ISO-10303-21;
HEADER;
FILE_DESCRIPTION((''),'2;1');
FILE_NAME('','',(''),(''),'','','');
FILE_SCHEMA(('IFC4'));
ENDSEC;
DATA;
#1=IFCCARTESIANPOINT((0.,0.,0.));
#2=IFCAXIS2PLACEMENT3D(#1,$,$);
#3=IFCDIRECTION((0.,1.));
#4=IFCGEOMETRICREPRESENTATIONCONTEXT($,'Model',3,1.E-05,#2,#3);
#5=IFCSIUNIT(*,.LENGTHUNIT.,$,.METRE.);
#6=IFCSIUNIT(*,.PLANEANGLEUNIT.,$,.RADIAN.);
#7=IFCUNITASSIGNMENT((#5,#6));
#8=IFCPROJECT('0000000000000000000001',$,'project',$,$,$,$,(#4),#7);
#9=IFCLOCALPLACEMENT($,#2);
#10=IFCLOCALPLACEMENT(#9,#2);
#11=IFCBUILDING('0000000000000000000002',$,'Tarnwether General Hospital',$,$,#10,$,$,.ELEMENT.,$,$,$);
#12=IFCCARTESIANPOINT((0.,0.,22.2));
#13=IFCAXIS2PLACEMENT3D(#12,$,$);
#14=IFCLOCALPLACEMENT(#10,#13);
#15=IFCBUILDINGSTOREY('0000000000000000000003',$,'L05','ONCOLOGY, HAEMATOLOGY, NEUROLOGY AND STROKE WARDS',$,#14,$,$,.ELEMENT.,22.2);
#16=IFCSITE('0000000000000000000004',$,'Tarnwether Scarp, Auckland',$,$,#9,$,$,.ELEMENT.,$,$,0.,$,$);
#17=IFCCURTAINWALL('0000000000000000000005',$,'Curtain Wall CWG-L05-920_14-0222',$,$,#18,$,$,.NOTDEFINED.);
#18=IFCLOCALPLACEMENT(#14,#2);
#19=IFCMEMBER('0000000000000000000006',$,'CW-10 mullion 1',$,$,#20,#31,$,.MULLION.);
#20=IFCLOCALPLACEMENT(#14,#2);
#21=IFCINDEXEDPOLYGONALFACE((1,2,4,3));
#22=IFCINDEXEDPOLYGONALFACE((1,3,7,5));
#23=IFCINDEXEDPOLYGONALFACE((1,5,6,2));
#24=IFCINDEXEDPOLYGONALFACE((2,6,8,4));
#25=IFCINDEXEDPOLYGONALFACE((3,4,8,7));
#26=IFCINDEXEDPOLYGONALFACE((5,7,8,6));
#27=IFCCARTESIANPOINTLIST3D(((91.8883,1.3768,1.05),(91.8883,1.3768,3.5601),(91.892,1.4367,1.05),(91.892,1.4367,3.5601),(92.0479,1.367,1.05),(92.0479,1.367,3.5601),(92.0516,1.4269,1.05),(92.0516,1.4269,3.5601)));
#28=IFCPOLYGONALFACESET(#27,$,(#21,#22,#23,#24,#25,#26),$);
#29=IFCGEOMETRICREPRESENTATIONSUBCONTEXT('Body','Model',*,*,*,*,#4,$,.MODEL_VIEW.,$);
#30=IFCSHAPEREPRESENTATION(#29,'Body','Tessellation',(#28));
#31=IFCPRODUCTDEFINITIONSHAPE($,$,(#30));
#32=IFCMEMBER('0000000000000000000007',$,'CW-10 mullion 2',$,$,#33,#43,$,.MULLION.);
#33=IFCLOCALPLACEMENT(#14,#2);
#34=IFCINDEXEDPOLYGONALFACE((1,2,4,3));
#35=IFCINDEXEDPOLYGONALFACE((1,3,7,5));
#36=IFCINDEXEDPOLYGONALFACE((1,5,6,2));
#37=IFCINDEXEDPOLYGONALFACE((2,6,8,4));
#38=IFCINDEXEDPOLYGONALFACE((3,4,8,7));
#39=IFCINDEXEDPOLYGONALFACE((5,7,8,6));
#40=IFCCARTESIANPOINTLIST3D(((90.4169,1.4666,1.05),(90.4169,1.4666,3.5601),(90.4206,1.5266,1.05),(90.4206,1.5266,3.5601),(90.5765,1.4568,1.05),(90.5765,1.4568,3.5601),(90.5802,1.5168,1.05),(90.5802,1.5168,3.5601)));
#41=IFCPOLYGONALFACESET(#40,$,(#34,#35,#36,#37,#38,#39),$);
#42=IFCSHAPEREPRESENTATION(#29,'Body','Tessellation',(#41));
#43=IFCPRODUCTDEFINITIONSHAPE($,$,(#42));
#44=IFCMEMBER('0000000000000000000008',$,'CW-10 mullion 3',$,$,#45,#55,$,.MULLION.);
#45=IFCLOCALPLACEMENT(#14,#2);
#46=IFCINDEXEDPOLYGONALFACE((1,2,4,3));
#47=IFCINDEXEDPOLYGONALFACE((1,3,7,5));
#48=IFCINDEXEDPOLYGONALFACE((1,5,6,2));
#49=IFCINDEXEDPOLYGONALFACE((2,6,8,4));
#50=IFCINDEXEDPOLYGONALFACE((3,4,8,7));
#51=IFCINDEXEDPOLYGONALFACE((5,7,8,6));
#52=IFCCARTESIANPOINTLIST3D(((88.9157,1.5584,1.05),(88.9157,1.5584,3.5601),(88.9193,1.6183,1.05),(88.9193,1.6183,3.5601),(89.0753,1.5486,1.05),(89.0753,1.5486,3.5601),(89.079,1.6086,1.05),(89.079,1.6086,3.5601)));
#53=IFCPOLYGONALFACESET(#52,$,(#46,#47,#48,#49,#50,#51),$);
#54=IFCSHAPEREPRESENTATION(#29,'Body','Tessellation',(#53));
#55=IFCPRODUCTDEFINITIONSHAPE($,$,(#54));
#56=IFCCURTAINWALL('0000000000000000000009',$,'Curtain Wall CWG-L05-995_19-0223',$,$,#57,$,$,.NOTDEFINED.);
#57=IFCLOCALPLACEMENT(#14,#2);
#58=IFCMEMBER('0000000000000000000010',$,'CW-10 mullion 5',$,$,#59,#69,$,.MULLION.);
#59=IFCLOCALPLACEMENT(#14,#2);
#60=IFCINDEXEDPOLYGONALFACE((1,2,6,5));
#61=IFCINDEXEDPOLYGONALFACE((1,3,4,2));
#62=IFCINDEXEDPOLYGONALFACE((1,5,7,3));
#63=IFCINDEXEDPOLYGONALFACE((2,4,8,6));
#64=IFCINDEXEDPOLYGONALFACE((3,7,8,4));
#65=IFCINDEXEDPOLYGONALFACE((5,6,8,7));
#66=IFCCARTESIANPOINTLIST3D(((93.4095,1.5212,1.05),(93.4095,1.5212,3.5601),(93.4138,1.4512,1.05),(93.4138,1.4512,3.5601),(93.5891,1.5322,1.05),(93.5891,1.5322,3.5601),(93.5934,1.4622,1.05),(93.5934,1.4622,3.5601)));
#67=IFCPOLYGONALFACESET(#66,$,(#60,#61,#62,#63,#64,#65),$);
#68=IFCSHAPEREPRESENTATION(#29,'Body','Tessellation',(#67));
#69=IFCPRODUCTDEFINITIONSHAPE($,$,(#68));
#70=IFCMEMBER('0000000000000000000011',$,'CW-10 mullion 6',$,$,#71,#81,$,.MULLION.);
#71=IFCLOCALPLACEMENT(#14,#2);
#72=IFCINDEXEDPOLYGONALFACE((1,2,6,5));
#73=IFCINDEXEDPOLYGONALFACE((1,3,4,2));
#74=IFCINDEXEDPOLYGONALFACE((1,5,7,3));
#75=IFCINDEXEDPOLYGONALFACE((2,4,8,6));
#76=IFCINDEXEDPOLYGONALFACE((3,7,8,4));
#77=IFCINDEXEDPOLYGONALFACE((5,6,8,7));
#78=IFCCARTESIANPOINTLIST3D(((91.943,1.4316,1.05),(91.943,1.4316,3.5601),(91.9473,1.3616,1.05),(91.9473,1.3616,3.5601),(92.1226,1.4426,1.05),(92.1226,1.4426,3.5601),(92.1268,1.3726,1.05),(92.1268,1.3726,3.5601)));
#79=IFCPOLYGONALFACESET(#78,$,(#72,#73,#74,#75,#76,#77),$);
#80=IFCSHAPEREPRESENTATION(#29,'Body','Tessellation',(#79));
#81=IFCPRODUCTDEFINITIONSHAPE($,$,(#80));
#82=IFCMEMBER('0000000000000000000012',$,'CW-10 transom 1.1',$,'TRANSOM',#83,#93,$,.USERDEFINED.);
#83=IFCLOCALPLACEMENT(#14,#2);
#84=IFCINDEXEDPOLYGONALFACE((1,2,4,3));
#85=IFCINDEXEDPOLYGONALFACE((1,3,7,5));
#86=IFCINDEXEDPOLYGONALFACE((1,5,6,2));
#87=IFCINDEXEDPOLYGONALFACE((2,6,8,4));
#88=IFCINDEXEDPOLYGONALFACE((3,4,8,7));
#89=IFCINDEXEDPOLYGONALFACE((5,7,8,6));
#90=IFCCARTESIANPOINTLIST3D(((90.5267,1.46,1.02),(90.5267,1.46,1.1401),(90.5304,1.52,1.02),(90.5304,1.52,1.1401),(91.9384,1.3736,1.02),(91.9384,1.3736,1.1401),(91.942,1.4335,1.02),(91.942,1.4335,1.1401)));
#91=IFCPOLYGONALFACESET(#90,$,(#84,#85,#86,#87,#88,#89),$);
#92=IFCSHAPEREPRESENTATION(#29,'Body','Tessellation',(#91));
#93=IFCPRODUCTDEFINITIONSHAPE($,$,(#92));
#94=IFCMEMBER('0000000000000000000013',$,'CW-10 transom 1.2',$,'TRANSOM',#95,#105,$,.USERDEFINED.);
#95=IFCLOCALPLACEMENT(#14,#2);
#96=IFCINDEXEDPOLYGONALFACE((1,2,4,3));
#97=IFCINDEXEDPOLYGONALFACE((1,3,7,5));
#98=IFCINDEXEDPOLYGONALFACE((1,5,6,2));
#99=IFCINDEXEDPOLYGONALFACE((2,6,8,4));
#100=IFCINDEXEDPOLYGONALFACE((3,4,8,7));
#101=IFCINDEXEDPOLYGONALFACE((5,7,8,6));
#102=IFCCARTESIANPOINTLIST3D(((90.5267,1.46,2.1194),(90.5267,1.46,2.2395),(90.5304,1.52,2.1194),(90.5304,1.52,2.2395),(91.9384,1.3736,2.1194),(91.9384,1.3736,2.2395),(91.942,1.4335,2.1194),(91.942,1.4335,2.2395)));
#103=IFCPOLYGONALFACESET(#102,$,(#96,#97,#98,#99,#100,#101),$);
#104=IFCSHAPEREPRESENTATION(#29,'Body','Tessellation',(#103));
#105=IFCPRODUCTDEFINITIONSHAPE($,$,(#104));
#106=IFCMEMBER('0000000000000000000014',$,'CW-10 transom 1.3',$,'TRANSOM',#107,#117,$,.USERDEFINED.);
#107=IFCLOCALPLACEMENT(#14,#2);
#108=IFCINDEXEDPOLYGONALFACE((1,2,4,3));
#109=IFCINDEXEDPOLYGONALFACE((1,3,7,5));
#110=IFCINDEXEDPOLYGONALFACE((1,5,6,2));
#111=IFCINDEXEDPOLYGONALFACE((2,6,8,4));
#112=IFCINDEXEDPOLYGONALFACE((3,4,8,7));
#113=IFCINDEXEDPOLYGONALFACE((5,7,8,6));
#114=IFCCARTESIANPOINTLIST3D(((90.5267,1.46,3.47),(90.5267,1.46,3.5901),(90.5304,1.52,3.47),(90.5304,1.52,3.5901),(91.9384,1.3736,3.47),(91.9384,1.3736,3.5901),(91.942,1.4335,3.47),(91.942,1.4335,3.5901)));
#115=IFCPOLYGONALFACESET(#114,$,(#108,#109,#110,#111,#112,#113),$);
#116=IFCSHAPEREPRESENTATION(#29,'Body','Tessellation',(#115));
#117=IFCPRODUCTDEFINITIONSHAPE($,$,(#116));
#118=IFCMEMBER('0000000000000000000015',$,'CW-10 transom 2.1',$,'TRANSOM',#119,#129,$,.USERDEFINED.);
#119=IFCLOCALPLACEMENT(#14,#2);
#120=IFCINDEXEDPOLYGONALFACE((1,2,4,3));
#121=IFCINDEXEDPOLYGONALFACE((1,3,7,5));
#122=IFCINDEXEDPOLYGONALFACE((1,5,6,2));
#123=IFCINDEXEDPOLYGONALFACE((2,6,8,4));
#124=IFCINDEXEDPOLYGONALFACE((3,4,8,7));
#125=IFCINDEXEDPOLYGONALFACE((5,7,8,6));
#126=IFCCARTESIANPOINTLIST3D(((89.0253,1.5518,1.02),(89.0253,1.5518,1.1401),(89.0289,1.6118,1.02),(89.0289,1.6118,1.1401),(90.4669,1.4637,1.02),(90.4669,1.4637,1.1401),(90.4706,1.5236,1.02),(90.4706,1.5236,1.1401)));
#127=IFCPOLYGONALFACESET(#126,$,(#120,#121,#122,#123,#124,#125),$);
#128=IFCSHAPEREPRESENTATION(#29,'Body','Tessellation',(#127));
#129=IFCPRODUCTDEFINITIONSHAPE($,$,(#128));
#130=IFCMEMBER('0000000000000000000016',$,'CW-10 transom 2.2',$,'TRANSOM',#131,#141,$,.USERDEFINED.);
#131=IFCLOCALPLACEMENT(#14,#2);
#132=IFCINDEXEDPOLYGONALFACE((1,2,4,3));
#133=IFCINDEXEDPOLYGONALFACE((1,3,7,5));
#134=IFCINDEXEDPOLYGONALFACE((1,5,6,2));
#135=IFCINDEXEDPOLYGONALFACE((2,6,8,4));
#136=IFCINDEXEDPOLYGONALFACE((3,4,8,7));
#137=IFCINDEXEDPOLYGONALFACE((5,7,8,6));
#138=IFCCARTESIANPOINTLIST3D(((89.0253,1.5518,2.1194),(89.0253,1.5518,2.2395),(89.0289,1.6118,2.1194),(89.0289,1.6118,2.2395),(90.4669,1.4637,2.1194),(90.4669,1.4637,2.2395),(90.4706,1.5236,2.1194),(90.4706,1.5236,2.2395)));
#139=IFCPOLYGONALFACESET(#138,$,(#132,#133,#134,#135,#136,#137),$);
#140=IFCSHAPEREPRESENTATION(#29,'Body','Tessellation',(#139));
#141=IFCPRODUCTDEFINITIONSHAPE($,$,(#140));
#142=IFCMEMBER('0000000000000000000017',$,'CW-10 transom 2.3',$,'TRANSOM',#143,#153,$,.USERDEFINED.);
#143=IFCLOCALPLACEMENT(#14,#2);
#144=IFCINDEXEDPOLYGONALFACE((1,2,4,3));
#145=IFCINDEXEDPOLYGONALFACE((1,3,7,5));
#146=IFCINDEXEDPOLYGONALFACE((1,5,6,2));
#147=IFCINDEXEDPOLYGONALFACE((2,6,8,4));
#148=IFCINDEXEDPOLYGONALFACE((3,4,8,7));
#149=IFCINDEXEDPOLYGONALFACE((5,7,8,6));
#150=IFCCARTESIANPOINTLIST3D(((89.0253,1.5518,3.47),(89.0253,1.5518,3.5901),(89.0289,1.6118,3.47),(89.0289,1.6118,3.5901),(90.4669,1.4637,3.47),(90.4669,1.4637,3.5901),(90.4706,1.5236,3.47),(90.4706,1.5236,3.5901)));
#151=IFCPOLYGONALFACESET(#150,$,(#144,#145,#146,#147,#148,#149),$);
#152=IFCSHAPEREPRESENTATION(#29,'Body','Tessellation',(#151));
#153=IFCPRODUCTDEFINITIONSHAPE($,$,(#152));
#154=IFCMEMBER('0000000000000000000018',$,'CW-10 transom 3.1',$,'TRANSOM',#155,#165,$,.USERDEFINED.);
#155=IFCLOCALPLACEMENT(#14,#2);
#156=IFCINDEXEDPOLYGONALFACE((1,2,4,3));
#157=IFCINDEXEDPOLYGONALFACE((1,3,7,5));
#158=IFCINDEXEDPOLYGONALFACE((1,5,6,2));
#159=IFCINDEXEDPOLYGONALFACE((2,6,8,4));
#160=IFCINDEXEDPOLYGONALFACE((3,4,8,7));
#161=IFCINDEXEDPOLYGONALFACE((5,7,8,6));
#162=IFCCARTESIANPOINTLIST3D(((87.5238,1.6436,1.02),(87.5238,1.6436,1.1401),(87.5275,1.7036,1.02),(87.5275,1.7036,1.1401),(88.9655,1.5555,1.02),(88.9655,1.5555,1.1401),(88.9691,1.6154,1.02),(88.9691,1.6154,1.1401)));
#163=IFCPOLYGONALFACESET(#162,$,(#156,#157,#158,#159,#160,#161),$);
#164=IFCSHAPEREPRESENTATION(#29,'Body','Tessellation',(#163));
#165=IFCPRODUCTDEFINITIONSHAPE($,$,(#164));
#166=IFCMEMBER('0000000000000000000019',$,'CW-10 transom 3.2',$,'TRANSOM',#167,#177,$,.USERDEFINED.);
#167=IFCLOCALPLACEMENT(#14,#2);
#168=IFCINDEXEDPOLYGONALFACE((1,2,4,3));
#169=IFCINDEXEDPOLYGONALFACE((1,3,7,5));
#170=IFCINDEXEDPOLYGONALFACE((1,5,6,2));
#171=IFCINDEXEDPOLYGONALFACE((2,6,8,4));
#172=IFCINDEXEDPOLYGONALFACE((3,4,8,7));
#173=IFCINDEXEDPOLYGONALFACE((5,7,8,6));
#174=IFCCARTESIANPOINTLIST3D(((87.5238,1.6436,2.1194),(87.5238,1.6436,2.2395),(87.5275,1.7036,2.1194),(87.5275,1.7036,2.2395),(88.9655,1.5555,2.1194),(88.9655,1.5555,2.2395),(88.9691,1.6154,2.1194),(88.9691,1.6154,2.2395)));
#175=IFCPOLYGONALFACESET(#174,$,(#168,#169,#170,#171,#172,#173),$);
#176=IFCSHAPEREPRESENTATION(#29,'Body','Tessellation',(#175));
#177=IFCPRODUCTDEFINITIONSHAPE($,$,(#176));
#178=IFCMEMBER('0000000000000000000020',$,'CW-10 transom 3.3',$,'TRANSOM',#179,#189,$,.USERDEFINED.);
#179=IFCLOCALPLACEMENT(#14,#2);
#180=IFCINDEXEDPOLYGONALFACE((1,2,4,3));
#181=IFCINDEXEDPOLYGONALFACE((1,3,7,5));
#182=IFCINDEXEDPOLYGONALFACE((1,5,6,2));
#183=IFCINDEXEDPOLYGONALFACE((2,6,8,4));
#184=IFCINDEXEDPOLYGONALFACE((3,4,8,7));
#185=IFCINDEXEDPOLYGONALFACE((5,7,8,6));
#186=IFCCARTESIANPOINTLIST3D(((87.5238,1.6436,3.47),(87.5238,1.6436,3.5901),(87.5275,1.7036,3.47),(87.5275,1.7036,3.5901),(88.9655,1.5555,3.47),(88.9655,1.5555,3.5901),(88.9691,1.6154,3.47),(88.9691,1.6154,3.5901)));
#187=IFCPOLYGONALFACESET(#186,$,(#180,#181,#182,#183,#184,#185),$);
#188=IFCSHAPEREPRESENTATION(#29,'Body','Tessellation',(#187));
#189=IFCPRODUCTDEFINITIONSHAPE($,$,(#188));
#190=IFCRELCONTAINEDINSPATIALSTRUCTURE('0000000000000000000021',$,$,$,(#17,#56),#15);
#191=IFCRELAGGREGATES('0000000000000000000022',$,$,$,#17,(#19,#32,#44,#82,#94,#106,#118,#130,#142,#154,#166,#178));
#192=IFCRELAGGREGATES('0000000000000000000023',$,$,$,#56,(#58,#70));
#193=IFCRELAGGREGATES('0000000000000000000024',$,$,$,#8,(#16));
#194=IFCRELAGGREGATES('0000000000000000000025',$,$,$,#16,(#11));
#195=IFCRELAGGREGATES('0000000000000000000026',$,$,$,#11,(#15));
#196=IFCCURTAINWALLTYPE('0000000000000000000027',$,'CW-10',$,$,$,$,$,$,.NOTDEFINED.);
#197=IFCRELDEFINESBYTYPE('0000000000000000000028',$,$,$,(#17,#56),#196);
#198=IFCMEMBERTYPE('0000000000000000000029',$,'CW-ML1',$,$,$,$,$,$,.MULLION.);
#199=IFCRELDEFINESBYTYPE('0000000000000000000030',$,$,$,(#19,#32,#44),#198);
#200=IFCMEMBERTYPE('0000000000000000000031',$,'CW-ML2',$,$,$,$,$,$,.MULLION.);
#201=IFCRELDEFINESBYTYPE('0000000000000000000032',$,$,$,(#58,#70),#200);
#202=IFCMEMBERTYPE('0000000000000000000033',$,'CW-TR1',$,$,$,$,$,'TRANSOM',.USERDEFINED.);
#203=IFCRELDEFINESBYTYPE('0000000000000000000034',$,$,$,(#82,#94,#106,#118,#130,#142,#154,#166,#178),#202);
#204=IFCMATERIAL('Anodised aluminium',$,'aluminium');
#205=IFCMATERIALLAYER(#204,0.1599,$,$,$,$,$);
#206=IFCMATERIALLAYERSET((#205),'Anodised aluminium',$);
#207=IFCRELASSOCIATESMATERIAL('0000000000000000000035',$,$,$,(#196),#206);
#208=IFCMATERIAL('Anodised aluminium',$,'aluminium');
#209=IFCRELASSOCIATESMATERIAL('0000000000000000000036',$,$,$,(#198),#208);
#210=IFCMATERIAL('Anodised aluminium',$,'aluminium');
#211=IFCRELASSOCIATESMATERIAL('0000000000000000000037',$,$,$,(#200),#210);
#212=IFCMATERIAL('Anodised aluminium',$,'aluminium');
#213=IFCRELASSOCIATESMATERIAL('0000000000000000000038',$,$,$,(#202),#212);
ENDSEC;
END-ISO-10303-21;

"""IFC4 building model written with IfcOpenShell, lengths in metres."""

from ifc_helpers import new_model, si_unit, direction, frame, origin, origin_2d, place, context, subcontext, project, spatial, rectangle, extrude, material, layer, layer_set, material_profile, profile_set, type_object, element, aggregate, save


model = new_model("IFC4")

# Units and contexts
model_context = context("Model", 3, precision=1e-05, world=origin(), true_north=direction((0.0, 1.0)))
body_context = subcontext(model_context, "Body", "Model", "MODEL_VIEW")
ifc_project = project(units=[si_unit("LENGTHUNIT", "METRE"), si_unit("PLANEANGLEUNIT", "RADIAN")], contexts=[model_context])

# Site, building, storey
site_placement = place(None, origin())
site = spatial("IfcSite", under=ifc_project, at=site_placement, Name="Tarnwether Scarp, Auckland", CompositionType="ELEMENT", RefElevation=0.0)
building_placement = place(site_placement, origin())
building = spatial("IfcBuilding", under=site, at=building_placement, Name="Tarnwether General Hospital", CompositionType="ELEMENT")
storey_placement = place(building_placement, frame((0.0, 0.0, 22.2)))
storey = spatial("IfcBuildingStorey", under=building, at=storey_placement, Name="L05", Description="ONCOLOGY, HAEMATOLOGY, NEUROLOGY AND STROKE WARDS", CompositionType="ELEMENT", Elevation=22.2)

# Curtain walls, members
ifc_material_1 = material(Name="Anodised aluminium", Category="aluminium")
ifc_layer_1 = layer(ifc_material_1, 0.1599)
ifc_layer_set_1 = layer_set([ifc_layer_1], Name="Anodised aluminium")
curtain_wall_type = type_object("IfcCurtainWallType", Name="CW-10", PredefinedType="NOTDEFINED", material=ifc_layer_set_1)
curtain_wall_1_placement = place(storey_placement, origin())
curtain_wall_1 = element("IfcCurtainWall", 1, at=curtain_wall_1_placement, inside=storey, type_object=curtain_wall_type, Name="Curtain Wall CWG-L05-920_14-0222", PredefinedType="NOTDEFINED")
ifc_material_2 = material(Name="Anodised aluminium", Category="aluminium")
ifc_material_profile_1 = material_profile(ifc_material_2, rectangle(XDim=0.0601, YDim=0.1599, at=origin_2d()), Name="ALU-MUL-60x160")
ifc_profile_set_1 = profile_set([ifc_material_profile_1], Name="Anodised aluminium")
member_type_1 = type_object("IfcMemberType", Name="CW-ML1", PredefinedType="MULLION", material=ifc_profile_set_1)
member_1_placement = place(storey_placement, frame((91.97, 1.4019, 1.05), z_axis=(0.0, 0.0, 1.0), x_axis=(-0.061029, -0.998136, 0.0)))
member_1 = element("IfcMember", 2, at=member_1_placement, type_object=member_type_1, Name="CW-10 mullion 1", PredefinedType="MULLION", context=body_context, shape_type="SweptSolid", body=[
    extrude(rectangle(XDim=0.0601, YDim=0.1599, at=origin_2d()), origin(), (0.0, 0.0, 1.0), 2.51),
])
member_2_placement = place(storey_placement, frame((90.4985, 1.4917, 1.05), z_axis=(0.0, 0.0, 1.0), x_axis=(-0.061029, -0.998136, 0.0)))
member_2 = element("IfcMember", 3, at=member_2_placement, type_object=member_type_1, Name="CW-10 mullion 2", PredefinedType="MULLION", context=body_context, shape_type="SweptSolid", body=[
    extrude(rectangle(XDim=0.0601, YDim=0.1599, at=origin_2d()), origin(), (0.0, 0.0, 1.0), 2.51),
])
member_3_placement = place(storey_placement, frame((88.9973, 1.5835, 1.05), z_axis=(0.0, 0.0, 1.0), x_axis=(-0.061029, -0.998136, 0.0)))
member_3 = element("IfcMember", 4, at=member_3_placement, type_object=member_type_1, Name="CW-10 mullion 3", PredefinedType="MULLION", context=body_context, shape_type="SweptSolid", body=[
    extrude(rectangle(XDim=0.0601, YDim=0.1599, at=origin_2d()), origin(), (0.0, 0.0, 1.0), 2.51),
])
curtain_wall_2_placement = place(storey_placement, origin())
curtain_wall_2 = element("IfcCurtainWall", 5, at=curtain_wall_2_placement, inside=storey, type_object=curtain_wall_type, Name="Curtain Wall CWG-L05-995_19-0223", PredefinedType="NOTDEFINED")
ifc_material_3 = material(Name="Anodised aluminium", Category="aluminium")
ifc_material_profile_2 = material_profile(ifc_material_3, rectangle(XDim=0.0701, YDim=0.1799, at=origin_2d()), Name="ALU-MUL-70x180")
ifc_profile_set_2 = profile_set([ifc_material_profile_2], Name="Anodised aluminium")
member_type_2 = type_object("IfcMemberType", Name="CW-ML2", PredefinedType="MULLION", material=ifc_profile_set_2)
member_4_placement = place(storey_placement, frame((93.5015, 1.4917, 1.05), z_axis=(0.0, 0.0, 1.0), x_axis=(0.061029, -0.998136, 0.0)))
member_4 = element("IfcMember", 6, at=member_4_placement, type_object=member_type_2, Name="CW-10 mullion 5", PredefinedType="MULLION", context=body_context, shape_type="SweptSolid", body=[
    extrude(rectangle(XDim=0.0701, YDim=0.1799, at=origin_2d()), origin(), (0.0, 0.0, 1.0), 2.51),
])
member_5_placement = place(storey_placement, frame((92.0349, 1.4021, 1.05), z_axis=(0.0, 0.0, 1.0), x_axis=(0.061029, -0.998136, 0.0)))
member_5 = element("IfcMember", 7, at=member_5_placement, type_object=member_type_2, Name="CW-10 mullion 6", PredefinedType="MULLION", context=body_context, shape_type="SweptSolid", body=[
    extrude(rectangle(XDim=0.0701, YDim=0.1799, at=origin_2d()), origin(), (0.0, 0.0, 1.0), 2.51),
])

# Members
ifc_material_4 = material(Name="Anodised aluminium", Category="aluminium")
ifc_material_profile_3 = material_profile(ifc_material_4, rectangle(XDim=0.0601, YDim=0.1201, at=origin_2d()), Name="ALU-TRN-60x120")
ifc_profile_set_3 = profile_set([ifc_material_profile_3], Name="Anodised aluminium")
member_type_3 = type_object("IfcMemberType", Name="CW-TR1", ElementType="TRANSOM", PredefinedType="USERDEFINED", material=ifc_profile_set_3)
member_6_placement = place(storey_placement, frame((91.9402, 1.4036, 1.0801), z_axis=(-0.998131, 0.06111, 0.0), x_axis=(-0.06111, -0.998131, 0.0)))
member_6 = element("IfcMember", 8, at=member_6_placement, type_object=member_type_3, Name="CW-10 transom 1.1", ObjectType="TRANSOM", PredefinedType="USERDEFINED", context=body_context, shape_type="SweptSolid", body=[
    extrude(rectangle(XDim=0.0601, YDim=0.1201, at=origin_2d()), origin(), (0.0, 0.0, 1.0), 1.4143),
])
member_7_placement = place(storey_placement, frame((91.9402, 1.4036, 2.1794), z_axis=(-0.998131, 0.06111, 0.0), x_axis=(-0.06111, -0.998131, 0.0)))
member_7 = element("IfcMember", 9, at=member_7_placement, type_object=member_type_3, Name="CW-10 transom 1.2", ObjectType="TRANSOM", PredefinedType="USERDEFINED", context=body_context, shape_type="SweptSolid", body=[
    extrude(rectangle(XDim=0.0601, YDim=0.1201, at=origin_2d()), origin(), (0.0, 0.0, 1.0), 1.4143),
])
member_8_placement = place(storey_placement, frame((91.9402, 1.4036, 3.53), z_axis=(-0.998131, 0.06111, 0.0), x_axis=(-0.06111, -0.998131, 0.0)))
member_8 = element("IfcMember", 10, at=member_8_placement, type_object=member_type_3, Name="CW-10 transom 1.3", ObjectType="TRANSOM", PredefinedType="USERDEFINED", context=body_context, shape_type="SweptSolid", body=[
    extrude(rectangle(XDim=0.0601, YDim=0.1201, at=origin_2d()), origin(), (0.0, 0.0, 1.0), 1.4143),
])
member_9_placement = place(storey_placement, frame((90.4688, 1.4937, 1.0801), z_axis=(-0.998137, 0.061021, 0.0), x_axis=(-0.061021, -0.998137, 0.0)))
member_9 = element("IfcMember", 11, at=member_9_placement, type_object=member_type_3, Name="CW-10 transom 2.1", ObjectType="TRANSOM", PredefinedType="USERDEFINED", context=body_context, shape_type="SweptSolid", body=[
    extrude(rectangle(XDim=0.0601, YDim=0.1201, at=origin_2d()), origin(), (0.0, 0.0, 1.0), 1.4443),
])
member_10_placement = place(storey_placement, frame((90.4688, 1.4937, 2.1794), z_axis=(-0.998137, 0.061021, 0.0), x_axis=(-0.061021, -0.998137, 0.0)))
member_10 = element("IfcMember", 12, at=member_10_placement, type_object=member_type_3, Name="CW-10 transom 2.2", ObjectType="TRANSOM", PredefinedType="USERDEFINED", context=body_context, shape_type="SweptSolid", body=[
    extrude(rectangle(XDim=0.0601, YDim=0.1201, at=origin_2d()), origin(), (0.0, 0.0, 1.0), 1.4443),
])
member_11_placement = place(storey_placement, frame((90.4688, 1.4937, 3.53), z_axis=(-0.998137, 0.061021, 0.0), x_axis=(-0.061021, -0.998137, 0.0)))
member_11 = element("IfcMember", 13, at=member_11_placement, type_object=member_type_3, Name="CW-10 transom 2.3", ObjectType="TRANSOM", PredefinedType="USERDEFINED", context=body_context, shape_type="SweptSolid", body=[
    extrude(rectangle(XDim=0.0601, YDim=0.1201, at=origin_2d()), origin(), (0.0, 0.0, 1.0), 1.4443),
])
member_12_placement = place(storey_placement, frame((88.9673, 1.5854, 1.0801), z_axis=(-0.998137, 0.061021, 0.0), x_axis=(-0.061021, -0.998137, 0.0)))
member_12 = element("IfcMember", 14, at=member_12_placement, type_object=member_type_3, Name="CW-10 transom 3.1", ObjectType="TRANSOM", PredefinedType="USERDEFINED", context=body_context, shape_type="SweptSolid", body=[
    extrude(rectangle(XDim=0.0601, YDim=0.1201, at=origin_2d()), origin(), (0.0, 0.0, 1.0), 1.4443),
])
member_13_placement = place(storey_placement, frame((88.9673, 1.5854, 2.1794), z_axis=(-0.998137, 0.061021, 0.0), x_axis=(-0.061021, -0.998137, 0.0)))
member_13 = element("IfcMember", 15, at=member_13_placement, type_object=member_type_3, Name="CW-10 transom 3.2", ObjectType="TRANSOM", PredefinedType="USERDEFINED", context=body_context, shape_type="SweptSolid", body=[
    extrude(rectangle(XDim=0.0601, YDim=0.1201, at=origin_2d()), origin(), (0.0, 0.0, 1.0), 1.4443),
])
member_14_placement = place(storey_placement, frame((88.9673, 1.5854, 3.53), z_axis=(-0.998137, 0.061021, 0.0), x_axis=(-0.061021, -0.998137, 0.0)))
member_14 = element("IfcMember", 16, at=member_14_placement, type_object=member_type_3, Name="CW-10 transom 3.3", ObjectType="TRANSOM", PredefinedType="USERDEFINED", context=body_context, shape_type="SweptSolid", body=[
    extrude(rectangle(XDim=0.0601, YDim=0.1201, at=origin_2d()), origin(), (0.0, 0.0, 1.0), 1.4443),
])

aggregate(curtain_wall_1, [member_1, member_2, member_3, member_6, member_7, member_8, member_9, member_10, member_11, member_12, member_13, member_14])
aggregate(curtain_wall_2, [member_4, member_5])

save(model, "model.ifc")
